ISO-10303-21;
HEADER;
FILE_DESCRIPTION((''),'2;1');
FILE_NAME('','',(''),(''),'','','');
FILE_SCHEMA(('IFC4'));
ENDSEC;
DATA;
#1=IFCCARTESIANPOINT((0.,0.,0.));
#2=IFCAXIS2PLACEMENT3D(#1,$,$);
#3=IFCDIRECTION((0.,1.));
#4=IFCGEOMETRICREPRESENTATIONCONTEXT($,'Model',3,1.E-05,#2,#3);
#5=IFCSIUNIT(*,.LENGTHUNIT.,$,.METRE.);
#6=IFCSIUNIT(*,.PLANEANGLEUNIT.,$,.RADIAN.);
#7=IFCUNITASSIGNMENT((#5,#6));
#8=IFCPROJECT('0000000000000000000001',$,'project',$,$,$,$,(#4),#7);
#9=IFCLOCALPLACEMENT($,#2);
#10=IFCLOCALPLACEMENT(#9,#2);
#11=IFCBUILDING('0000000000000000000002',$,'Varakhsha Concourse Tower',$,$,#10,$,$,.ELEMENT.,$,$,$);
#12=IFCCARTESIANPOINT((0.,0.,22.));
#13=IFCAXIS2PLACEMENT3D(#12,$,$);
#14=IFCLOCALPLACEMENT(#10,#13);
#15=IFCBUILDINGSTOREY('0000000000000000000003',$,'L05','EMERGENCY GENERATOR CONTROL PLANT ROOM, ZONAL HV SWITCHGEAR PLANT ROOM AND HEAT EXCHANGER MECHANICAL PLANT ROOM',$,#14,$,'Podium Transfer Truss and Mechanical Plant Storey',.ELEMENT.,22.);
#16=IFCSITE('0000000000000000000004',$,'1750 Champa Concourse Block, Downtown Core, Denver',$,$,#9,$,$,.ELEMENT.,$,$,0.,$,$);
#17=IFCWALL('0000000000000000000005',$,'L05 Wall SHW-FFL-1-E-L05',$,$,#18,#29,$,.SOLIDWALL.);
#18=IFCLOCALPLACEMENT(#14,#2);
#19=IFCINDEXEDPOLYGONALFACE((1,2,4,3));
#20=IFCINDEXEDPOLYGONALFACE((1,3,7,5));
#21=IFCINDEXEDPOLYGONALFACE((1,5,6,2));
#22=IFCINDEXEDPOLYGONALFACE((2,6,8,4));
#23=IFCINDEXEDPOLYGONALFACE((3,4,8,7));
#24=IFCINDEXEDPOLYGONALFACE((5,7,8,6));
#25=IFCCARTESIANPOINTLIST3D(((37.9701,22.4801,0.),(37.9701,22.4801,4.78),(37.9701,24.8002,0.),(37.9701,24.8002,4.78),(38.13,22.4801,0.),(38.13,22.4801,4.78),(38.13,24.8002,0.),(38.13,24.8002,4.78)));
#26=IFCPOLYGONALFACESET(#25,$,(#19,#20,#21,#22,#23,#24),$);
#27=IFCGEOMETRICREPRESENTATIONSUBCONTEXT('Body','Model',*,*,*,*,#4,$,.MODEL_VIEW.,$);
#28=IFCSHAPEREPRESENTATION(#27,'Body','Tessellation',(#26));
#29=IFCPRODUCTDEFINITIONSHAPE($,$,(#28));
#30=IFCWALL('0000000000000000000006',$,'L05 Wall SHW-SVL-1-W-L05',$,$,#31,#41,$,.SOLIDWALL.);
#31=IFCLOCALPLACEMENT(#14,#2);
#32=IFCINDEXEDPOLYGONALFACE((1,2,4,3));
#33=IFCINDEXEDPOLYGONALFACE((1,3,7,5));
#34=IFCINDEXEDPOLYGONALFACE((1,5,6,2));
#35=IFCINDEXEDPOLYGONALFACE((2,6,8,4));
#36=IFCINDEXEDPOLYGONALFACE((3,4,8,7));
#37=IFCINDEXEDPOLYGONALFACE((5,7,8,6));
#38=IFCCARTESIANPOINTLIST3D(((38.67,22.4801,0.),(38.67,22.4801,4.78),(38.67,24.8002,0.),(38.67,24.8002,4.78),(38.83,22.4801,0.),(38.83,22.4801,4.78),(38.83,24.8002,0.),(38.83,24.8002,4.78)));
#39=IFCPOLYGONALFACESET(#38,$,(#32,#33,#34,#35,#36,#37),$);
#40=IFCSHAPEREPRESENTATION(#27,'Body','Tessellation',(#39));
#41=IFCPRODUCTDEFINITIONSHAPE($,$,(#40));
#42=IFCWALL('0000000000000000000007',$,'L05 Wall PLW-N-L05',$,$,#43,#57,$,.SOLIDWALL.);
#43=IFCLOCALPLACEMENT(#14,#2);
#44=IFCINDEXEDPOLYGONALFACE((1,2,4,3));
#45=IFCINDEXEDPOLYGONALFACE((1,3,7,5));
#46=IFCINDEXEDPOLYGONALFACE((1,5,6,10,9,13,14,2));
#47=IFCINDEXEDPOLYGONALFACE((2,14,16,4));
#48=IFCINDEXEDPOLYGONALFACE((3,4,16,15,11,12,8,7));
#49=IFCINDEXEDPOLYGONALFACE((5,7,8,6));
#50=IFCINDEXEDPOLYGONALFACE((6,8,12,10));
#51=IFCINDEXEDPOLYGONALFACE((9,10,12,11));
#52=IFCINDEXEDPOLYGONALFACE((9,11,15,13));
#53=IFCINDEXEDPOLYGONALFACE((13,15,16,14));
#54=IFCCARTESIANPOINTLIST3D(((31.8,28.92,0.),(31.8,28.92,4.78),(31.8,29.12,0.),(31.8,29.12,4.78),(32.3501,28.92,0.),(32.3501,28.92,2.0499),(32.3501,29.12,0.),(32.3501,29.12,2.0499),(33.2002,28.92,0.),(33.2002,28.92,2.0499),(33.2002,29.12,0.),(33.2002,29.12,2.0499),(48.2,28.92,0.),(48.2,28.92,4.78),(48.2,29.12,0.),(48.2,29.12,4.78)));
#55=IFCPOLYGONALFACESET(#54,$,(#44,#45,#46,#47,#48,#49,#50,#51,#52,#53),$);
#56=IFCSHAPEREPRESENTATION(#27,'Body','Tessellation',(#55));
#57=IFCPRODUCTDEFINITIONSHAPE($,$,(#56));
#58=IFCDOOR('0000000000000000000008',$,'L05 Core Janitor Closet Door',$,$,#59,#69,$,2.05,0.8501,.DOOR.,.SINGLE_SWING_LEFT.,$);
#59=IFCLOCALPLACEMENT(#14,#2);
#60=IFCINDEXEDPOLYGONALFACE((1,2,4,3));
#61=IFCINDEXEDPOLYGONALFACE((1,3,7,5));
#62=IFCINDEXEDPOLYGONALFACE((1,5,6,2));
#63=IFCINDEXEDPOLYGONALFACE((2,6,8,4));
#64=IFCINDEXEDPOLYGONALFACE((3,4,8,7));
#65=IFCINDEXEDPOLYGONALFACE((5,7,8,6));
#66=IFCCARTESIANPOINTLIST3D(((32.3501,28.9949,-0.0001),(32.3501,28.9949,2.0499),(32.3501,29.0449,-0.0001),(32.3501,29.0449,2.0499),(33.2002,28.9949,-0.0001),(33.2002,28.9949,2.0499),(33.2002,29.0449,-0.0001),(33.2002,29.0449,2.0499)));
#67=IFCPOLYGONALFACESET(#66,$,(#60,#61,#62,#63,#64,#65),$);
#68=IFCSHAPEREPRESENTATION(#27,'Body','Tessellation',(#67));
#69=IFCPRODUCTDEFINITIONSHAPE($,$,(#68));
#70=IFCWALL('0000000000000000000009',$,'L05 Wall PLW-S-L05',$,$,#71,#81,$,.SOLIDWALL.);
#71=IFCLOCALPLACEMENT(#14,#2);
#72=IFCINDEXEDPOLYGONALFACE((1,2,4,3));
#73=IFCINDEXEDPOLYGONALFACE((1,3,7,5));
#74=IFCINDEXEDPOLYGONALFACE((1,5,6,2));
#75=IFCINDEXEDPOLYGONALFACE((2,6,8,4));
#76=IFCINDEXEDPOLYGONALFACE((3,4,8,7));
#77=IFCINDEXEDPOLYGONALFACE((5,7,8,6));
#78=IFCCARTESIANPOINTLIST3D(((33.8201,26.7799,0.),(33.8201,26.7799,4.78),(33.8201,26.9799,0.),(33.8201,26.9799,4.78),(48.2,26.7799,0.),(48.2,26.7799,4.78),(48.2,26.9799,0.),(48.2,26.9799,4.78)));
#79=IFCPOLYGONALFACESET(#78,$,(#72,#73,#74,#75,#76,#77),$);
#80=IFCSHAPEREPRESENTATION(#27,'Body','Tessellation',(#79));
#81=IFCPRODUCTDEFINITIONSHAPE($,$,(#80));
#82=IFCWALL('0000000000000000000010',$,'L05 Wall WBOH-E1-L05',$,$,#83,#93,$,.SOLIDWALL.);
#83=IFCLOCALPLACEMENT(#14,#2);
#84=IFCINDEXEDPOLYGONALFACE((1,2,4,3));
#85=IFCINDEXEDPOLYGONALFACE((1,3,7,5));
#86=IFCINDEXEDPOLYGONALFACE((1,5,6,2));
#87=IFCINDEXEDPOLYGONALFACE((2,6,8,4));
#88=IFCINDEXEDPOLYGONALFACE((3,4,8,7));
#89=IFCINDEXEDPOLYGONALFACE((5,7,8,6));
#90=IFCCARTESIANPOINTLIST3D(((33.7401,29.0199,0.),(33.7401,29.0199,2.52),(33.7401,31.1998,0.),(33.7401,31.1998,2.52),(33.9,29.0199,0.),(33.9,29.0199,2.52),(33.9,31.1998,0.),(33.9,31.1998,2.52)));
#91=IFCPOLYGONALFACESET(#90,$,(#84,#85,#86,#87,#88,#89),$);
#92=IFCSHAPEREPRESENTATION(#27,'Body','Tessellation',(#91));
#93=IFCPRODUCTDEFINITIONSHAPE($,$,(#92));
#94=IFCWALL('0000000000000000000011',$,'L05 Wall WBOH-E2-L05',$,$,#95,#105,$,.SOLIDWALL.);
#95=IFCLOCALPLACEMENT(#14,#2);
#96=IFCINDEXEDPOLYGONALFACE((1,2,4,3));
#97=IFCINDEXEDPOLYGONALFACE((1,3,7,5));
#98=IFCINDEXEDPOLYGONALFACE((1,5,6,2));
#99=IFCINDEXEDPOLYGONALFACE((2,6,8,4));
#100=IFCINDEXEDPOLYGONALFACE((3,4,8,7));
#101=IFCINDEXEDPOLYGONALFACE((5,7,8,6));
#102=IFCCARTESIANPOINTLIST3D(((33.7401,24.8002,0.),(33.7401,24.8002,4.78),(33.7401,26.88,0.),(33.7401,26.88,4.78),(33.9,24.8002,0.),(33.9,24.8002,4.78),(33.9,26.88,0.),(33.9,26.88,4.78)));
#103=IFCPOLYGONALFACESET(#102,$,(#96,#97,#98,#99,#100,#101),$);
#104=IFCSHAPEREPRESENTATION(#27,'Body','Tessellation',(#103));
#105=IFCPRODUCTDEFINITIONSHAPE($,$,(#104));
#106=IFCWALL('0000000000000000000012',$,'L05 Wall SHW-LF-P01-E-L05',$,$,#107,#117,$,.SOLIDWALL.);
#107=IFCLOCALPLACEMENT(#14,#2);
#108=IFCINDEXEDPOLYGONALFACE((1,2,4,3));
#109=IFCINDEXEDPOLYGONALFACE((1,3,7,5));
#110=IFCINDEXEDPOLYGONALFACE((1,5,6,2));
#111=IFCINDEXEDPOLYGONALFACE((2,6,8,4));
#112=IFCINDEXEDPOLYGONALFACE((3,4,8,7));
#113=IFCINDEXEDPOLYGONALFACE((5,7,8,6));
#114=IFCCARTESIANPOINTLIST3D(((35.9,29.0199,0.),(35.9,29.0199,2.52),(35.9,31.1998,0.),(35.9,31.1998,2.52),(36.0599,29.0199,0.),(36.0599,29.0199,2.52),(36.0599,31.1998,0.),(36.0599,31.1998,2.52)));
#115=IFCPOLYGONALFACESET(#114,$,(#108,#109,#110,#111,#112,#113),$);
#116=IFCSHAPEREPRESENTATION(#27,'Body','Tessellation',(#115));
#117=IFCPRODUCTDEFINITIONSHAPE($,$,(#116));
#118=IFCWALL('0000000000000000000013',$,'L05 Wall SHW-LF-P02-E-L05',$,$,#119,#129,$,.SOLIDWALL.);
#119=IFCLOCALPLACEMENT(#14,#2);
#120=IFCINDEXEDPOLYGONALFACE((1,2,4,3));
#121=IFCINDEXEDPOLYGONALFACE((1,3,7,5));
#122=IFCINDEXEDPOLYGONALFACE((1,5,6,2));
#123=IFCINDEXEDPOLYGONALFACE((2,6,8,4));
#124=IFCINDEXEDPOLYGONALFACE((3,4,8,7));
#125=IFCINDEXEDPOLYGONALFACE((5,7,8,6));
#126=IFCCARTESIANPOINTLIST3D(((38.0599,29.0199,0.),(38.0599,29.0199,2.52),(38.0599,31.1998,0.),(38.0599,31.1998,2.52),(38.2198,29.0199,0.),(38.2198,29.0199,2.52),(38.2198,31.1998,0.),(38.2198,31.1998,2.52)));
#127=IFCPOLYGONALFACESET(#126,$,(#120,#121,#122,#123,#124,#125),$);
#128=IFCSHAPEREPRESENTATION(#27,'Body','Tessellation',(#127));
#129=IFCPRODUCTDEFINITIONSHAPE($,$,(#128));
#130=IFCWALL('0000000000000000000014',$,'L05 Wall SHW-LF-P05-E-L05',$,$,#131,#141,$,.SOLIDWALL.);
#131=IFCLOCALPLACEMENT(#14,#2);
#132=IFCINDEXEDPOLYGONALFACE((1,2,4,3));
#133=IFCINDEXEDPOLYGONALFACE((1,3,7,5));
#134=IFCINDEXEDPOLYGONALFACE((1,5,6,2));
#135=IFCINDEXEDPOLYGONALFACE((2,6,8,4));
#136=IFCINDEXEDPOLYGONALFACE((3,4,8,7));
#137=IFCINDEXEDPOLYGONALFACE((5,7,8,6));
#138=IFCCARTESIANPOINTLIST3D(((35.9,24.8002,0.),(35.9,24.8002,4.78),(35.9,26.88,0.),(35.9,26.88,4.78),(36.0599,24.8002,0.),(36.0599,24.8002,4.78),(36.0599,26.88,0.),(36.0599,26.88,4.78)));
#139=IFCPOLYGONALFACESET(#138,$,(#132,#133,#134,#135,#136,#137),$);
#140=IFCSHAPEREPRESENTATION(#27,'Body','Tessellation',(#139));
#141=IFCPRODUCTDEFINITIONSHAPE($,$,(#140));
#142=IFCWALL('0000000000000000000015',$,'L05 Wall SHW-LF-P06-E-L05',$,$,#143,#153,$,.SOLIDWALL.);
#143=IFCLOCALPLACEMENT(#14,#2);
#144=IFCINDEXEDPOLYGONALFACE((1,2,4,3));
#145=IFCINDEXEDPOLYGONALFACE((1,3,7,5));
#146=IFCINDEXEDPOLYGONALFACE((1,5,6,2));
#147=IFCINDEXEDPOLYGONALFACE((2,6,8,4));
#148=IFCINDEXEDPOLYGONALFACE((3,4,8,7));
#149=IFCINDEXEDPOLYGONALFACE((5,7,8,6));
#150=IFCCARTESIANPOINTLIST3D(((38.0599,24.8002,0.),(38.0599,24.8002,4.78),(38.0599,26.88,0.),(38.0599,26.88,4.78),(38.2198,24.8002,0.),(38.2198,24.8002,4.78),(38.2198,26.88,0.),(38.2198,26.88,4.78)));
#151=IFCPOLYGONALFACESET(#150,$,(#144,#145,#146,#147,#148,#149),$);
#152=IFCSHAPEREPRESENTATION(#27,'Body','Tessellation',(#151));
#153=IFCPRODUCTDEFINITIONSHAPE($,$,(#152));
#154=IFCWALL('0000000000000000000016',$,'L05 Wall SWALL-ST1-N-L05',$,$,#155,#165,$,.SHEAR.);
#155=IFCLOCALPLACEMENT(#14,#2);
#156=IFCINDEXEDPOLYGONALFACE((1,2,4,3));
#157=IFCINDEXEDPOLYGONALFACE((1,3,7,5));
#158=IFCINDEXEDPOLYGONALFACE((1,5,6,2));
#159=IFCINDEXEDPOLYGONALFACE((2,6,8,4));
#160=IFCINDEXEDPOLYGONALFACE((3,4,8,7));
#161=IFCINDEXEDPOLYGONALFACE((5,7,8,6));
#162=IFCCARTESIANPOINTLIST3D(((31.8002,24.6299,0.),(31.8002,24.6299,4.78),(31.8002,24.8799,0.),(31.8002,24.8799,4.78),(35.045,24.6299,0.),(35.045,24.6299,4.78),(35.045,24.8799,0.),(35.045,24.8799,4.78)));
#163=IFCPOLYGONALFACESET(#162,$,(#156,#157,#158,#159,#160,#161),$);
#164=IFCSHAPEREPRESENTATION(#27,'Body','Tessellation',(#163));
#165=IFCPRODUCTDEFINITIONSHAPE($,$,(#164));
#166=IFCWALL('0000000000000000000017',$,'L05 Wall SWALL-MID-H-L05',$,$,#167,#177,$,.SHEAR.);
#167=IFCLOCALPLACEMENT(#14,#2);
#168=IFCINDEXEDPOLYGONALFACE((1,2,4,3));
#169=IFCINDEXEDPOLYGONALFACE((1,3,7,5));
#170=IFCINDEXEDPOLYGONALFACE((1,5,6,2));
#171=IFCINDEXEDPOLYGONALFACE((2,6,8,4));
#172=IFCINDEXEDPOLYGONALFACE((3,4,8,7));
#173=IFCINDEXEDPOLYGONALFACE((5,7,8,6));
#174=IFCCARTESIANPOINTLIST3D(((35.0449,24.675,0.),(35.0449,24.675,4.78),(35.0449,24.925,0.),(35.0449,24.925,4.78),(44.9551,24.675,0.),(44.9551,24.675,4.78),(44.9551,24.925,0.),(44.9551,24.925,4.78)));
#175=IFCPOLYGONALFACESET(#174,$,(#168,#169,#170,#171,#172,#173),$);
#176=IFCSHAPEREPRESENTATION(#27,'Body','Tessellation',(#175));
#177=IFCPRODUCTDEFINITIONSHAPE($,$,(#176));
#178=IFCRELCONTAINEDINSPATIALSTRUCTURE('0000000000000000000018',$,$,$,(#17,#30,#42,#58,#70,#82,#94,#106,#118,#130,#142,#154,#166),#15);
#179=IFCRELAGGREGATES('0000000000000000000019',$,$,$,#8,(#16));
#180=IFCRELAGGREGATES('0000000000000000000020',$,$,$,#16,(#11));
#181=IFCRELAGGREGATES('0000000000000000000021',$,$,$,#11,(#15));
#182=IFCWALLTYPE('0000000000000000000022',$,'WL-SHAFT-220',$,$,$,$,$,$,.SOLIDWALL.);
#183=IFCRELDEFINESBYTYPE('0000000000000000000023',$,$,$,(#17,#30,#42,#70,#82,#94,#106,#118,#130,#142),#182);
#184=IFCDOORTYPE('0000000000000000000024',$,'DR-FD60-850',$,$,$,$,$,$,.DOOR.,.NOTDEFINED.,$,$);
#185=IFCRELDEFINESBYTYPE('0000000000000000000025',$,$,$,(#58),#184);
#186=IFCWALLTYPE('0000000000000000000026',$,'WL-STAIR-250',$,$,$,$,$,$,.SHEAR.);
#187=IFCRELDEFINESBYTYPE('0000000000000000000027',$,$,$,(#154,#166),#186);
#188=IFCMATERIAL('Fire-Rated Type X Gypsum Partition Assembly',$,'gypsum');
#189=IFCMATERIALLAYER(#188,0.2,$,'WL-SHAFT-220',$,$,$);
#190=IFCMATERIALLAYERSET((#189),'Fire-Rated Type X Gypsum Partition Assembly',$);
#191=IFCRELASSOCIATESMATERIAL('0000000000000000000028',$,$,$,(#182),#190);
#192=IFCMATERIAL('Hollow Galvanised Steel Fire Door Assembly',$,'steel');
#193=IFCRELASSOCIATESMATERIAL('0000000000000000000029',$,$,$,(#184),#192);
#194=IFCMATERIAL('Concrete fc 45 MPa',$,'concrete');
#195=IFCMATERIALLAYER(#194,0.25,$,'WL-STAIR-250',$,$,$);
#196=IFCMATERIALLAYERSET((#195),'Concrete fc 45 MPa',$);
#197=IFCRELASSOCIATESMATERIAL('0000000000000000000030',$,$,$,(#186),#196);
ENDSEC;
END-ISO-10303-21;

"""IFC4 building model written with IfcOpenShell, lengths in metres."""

from ifc_helpers import new_model, si_unit, direction, frame, frame_2d, origin, place, context, subcontext, project, spatial, rectangle, extrude, material, layer, layer_set, type_object, element, fill, save


model = new_model("IFC4")

# Units and contexts
model_context = context("Model", 3, precision=1e-05, world=origin(), true_north=direction((0.0, 1.0)))
body_context = subcontext(model_context, "Body", "Model", "MODEL_VIEW")
ifc_project = project(units=[si_unit("LENGTHUNIT", "METRE"), si_unit("PLANEANGLEUNIT", "RADIAN")], contexts=[model_context])

# Site, building, storey
site_placement = place(None, origin())
site = spatial("IfcSite", under=ifc_project, at=site_placement, Name="1750 Champa Concourse Block, Downtown Core, Denver", CompositionType="ELEMENT", RefElevation=0.0)
building_placement = place(site_placement, origin())
building = spatial("IfcBuilding", under=site, at=building_placement, Name="Varakhsha Concourse Tower", CompositionType="ELEMENT")
storey_placement = place(building_placement, frame((0.0, 0.0, 22.0)))
storey = spatial("IfcBuildingStorey", under=building, at=storey_placement, Name="L05", Description="EMERGENCY GENERATOR CONTROL PLANT ROOM, ZONAL HV SWITCHGEAR PLANT ROOM AND HEAT EXCHANGER MECHANICAL PLANT ROOM", LongName="Podium Transfer Truss and Mechanical Plant Storey", CompositionType="ELEMENT", Elevation=22.0)

# Walls
ifc_material_1 = material(Name="Fire-Rated Type X Gypsum Partition Assembly", Category="gypsum")
ifc_layer_1 = layer(ifc_material_1, 0.2, Name="WL-SHAFT-220")
ifc_layer_set_1 = layer_set([ifc_layer_1], Name="Fire-Rated Type X Gypsum Partition Assembly")
wall_type_1 = type_object("IfcWallType", Name="WL-SHAFT-220", PredefinedType="SOLIDWALL", material=ifc_layer_set_1)
for number, where, z_axis, x_axis, name in (
    (1, (38.05, 22.48, 0.0), (0.0, 0.0, 1.0), (0.0, 1.0, 0.0), "L05 Wall SHW-FFL-1-E-L05"),
    (2, (38.75, 22.48, 0.0), (0.0, 0.0, 1.0), (0.0, 1.0, 0.0), "L05 Wall SHW-SVL-1-W-L05"),
):
    element("IfcWall", number, at=place(storey_placement, frame(where, z_axis=z_axis, x_axis=x_axis)), inside=storey, type_object=wall_type_1, Name=name, PredefinedType="SOLIDWALL", context=body_context, shape_type="SweptSolid", body=[
        extrude(rectangle(XDim=2.3201, YDim=0.1599, at=frame_2d((1.1602, 0.0))), origin(), (0.0, 0.0, 1.0), 4.78),
    ])

# Wall, opening, door
wall_1_placement = place(storey_placement, frame((31.8, 29.02, 0.0), z_axis=(0.0, 0.0, 1.0), x_axis=(1.0, 0.0, 0.0)))
wall_1 = element("IfcWall", 3, at=wall_1_placement, inside=storey, type_object=wall_type_1, Name="L05 Wall PLW-N-L05", PredefinedType="SOLIDWALL", context=body_context, shape_type="SweptSolid", body=[
    extrude(rectangle(XDim=16.3999, YDim=0.2, at=frame_2d((8.2, 0.0))), origin(), (0.0, 0.0, 1.0), 4.78),
])
opening_placement = place(wall_1_placement, frame((0.55, 0.0, 0.0)))
opening = element("IfcOpeningElement", 4, at=opening_placement, cuts=wall_1, PredefinedType="OPENING", context=body_context, shape_type="SweptSolid", body=[
    extrude(rectangle(XDim=0.8501, YDim=2.05, at=frame_2d((0.425, 1.0249))), frame((0.0, 0.1099, 0.0), z_axis=(0.0, -1.0, 0.0), x_axis=(1.0, 0.0, 0.0)), (0.0, 0.0, 1.0), 0.22),
])
ifc_material_2 = material(Name="Hollow Galvanised Steel Fire Door Assembly", Category="steel")
door_type = type_object("IfcDoorType", Name="DR-FD60-850", OperationType="NOTDEFINED", PredefinedType="DOOR", material=ifc_material_2)
door_placement = place(opening_placement, origin())
door = element("IfcDoor", 5, at=door_placement, inside=storey, type_object=door_type, Name="L05 Core Janitor Closet Door", OperationType="SINGLE_SWING_LEFT", OverallHeight=2.05, OverallWidth=0.8501, PredefinedType="DOOR", context=body_context, shape_type="SweptSolid", body=[
    extrude(rectangle(XDim=0.8501, YDim=2.05, at=frame_2d((0.425, 1.0249))), frame((0.0, 0.0249, 0.0), z_axis=(0.0, -1.0, 0.0), x_axis=(1.0, 0.0, 0.0)), (0.0, 0.0, 1.0), 0.05),
])
fill(opening, door)

# Walls
wall_2_placement = place(storey_placement, frame((33.8201, 26.8799, 0.0), z_axis=(0.0, 0.0, 1.0), x_axis=(1.0, 0.0, 0.0)))
element("IfcWall", 6, at=wall_2_placement, inside=storey, type_object=wall_type_1, Name="L05 Wall PLW-S-L05", PredefinedType="SOLIDWALL", context=body_context, shape_type="SweptSolid", body=[
    extrude(rectangle(XDim=14.3799, YDim=0.2, at=frame_2d((7.1899, 0.0))), origin(), (0.0, 0.0, 1.0), 4.78),
])
wall_3_placement = place(storey_placement, frame((33.8201, 29.02, 0.0), z_axis=(0.0, 0.0, 1.0), x_axis=(0.0, 1.0, 0.0)))
element("IfcWall", 7, at=wall_3_placement, inside=storey, type_object=wall_type_1, Name="L05 Wall WBOH-E1-L05", PredefinedType="SOLIDWALL", context=body_context, shape_type="SweptSolid", body=[
    extrude(rectangle(XDim=2.1799, YDim=0.1599, at=frame_2d((1.0898, 0.0))), origin(), (0.0, 0.0, 1.0), 2.52),
])
wall_4_placement = place(storey_placement, frame((33.8201, 24.8, 0.0), z_axis=(0.0, 0.0, 1.0), x_axis=(0.0, 1.0, 0.0)))
element("IfcWall", 8, at=wall_4_placement, inside=storey, type_object=wall_type_1, Name="L05 Wall WBOH-E2-L05", PredefinedType="SOLIDWALL", context=body_context, shape_type="SweptSolid", body=[
    extrude(rectangle(XDim=2.0798, YDim=0.1599, at=frame_2d((1.04, 0.0))), origin(), (0.0, 0.0, 1.0), 4.78),
])
for number, where, z_axis, x_axis, name in (
    (9, (35.98, 29.02, 0.0), (0.0, 0.0, 1.0), (0.0, 1.0, 0.0), "L05 Wall SHW-LF-P01-E-L05"),
    (10, (38.1399, 29.02, 0.0), (0.0, 0.0, 1.0), (0.0, 1.0, 0.0), "L05 Wall SHW-LF-P02-E-L05"),
):
    element("IfcWall", number, at=place(storey_placement, frame(where, z_axis=z_axis, x_axis=x_axis)), inside=storey, type_object=wall_type_1, Name=name, PredefinedType="SOLIDWALL", context=body_context, shape_type="SweptSolid", body=[
        extrude(rectangle(XDim=2.1799, YDim=0.1599, at=frame_2d((1.0898, 0.0))), origin(), (0.0, 0.0, 1.0), 2.52),
    ])
for number, where, z_axis, x_axis, name in (
    (11, (35.98, 24.8, 0.0), (0.0, 0.0, 1.0), (0.0, 1.0, 0.0), "L05 Wall SHW-LF-P05-E-L05"),
    (12, (38.1399, 24.8, 0.0), (0.0, 0.0, 1.0), (0.0, 1.0, 0.0), "L05 Wall SHW-LF-P06-E-L05"),
):
    element("IfcWall", number, at=place(storey_placement, frame(where, z_axis=z_axis, x_axis=x_axis)), inside=storey, type_object=wall_type_1, Name=name, PredefinedType="SOLIDWALL", context=body_context, shape_type="SweptSolid", body=[
        extrude(rectangle(XDim=2.0798, YDim=0.1599, at=frame_2d((1.04, 0.0))), origin(), (0.0, 0.0, 1.0), 4.78),
    ])
ifc_material_3 = material(Name="Concrete fc 45 MPa", Category="concrete")
ifc_layer_2 = layer(ifc_material_3, 0.25, Name="WL-STAIR-250")
ifc_layer_set_2 = layer_set([ifc_layer_2], Name="Concrete fc 45 MPa")
wall_type_2 = type_object("IfcWallType", Name="WL-STAIR-250", PredefinedType="SHEAR", material=ifc_layer_set_2)
wall_5_placement = place(storey_placement, frame((31.8, 24.7549, 0.0), z_axis=(0.0, 0.0, 1.0), x_axis=(1.0, 0.0, 0.0)))
element("IfcWall", 13, at=wall_5_placement, inside=storey, type_object=wall_type_2, Name="L05 Wall SWALL-ST1-N-L05", PredefinedType="SHEAR", context=body_context, shape_type="SweptSolid", body=[
    extrude(rectangle(XDim=3.2449, YDim=0.25, at=frame_2d((1.6226, 0.0))), origin(), (0.0, 0.0, 1.0), 4.78),
])
wall_6_placement = place(storey_placement, frame((35.0449, 24.8, 0.0), z_axis=(0.0, 0.0, 1.0), x_axis=(1.0, 0.0, 0.0)))
element("IfcWall", 14, at=wall_6_placement, inside=storey, type_object=wall_type_2, Name="L05 Wall SWALL-MID-H-L05", PredefinedType="SHEAR", context=body_context, shape_type="SweptSolid", body=[
    extrude(rectangle(XDim=9.9102, YDim=0.25, at=frame_2d((4.9551, 0.0))), origin(), (0.0, 0.0, 1.0), 4.78),
])

save(model, "model.ifc")
